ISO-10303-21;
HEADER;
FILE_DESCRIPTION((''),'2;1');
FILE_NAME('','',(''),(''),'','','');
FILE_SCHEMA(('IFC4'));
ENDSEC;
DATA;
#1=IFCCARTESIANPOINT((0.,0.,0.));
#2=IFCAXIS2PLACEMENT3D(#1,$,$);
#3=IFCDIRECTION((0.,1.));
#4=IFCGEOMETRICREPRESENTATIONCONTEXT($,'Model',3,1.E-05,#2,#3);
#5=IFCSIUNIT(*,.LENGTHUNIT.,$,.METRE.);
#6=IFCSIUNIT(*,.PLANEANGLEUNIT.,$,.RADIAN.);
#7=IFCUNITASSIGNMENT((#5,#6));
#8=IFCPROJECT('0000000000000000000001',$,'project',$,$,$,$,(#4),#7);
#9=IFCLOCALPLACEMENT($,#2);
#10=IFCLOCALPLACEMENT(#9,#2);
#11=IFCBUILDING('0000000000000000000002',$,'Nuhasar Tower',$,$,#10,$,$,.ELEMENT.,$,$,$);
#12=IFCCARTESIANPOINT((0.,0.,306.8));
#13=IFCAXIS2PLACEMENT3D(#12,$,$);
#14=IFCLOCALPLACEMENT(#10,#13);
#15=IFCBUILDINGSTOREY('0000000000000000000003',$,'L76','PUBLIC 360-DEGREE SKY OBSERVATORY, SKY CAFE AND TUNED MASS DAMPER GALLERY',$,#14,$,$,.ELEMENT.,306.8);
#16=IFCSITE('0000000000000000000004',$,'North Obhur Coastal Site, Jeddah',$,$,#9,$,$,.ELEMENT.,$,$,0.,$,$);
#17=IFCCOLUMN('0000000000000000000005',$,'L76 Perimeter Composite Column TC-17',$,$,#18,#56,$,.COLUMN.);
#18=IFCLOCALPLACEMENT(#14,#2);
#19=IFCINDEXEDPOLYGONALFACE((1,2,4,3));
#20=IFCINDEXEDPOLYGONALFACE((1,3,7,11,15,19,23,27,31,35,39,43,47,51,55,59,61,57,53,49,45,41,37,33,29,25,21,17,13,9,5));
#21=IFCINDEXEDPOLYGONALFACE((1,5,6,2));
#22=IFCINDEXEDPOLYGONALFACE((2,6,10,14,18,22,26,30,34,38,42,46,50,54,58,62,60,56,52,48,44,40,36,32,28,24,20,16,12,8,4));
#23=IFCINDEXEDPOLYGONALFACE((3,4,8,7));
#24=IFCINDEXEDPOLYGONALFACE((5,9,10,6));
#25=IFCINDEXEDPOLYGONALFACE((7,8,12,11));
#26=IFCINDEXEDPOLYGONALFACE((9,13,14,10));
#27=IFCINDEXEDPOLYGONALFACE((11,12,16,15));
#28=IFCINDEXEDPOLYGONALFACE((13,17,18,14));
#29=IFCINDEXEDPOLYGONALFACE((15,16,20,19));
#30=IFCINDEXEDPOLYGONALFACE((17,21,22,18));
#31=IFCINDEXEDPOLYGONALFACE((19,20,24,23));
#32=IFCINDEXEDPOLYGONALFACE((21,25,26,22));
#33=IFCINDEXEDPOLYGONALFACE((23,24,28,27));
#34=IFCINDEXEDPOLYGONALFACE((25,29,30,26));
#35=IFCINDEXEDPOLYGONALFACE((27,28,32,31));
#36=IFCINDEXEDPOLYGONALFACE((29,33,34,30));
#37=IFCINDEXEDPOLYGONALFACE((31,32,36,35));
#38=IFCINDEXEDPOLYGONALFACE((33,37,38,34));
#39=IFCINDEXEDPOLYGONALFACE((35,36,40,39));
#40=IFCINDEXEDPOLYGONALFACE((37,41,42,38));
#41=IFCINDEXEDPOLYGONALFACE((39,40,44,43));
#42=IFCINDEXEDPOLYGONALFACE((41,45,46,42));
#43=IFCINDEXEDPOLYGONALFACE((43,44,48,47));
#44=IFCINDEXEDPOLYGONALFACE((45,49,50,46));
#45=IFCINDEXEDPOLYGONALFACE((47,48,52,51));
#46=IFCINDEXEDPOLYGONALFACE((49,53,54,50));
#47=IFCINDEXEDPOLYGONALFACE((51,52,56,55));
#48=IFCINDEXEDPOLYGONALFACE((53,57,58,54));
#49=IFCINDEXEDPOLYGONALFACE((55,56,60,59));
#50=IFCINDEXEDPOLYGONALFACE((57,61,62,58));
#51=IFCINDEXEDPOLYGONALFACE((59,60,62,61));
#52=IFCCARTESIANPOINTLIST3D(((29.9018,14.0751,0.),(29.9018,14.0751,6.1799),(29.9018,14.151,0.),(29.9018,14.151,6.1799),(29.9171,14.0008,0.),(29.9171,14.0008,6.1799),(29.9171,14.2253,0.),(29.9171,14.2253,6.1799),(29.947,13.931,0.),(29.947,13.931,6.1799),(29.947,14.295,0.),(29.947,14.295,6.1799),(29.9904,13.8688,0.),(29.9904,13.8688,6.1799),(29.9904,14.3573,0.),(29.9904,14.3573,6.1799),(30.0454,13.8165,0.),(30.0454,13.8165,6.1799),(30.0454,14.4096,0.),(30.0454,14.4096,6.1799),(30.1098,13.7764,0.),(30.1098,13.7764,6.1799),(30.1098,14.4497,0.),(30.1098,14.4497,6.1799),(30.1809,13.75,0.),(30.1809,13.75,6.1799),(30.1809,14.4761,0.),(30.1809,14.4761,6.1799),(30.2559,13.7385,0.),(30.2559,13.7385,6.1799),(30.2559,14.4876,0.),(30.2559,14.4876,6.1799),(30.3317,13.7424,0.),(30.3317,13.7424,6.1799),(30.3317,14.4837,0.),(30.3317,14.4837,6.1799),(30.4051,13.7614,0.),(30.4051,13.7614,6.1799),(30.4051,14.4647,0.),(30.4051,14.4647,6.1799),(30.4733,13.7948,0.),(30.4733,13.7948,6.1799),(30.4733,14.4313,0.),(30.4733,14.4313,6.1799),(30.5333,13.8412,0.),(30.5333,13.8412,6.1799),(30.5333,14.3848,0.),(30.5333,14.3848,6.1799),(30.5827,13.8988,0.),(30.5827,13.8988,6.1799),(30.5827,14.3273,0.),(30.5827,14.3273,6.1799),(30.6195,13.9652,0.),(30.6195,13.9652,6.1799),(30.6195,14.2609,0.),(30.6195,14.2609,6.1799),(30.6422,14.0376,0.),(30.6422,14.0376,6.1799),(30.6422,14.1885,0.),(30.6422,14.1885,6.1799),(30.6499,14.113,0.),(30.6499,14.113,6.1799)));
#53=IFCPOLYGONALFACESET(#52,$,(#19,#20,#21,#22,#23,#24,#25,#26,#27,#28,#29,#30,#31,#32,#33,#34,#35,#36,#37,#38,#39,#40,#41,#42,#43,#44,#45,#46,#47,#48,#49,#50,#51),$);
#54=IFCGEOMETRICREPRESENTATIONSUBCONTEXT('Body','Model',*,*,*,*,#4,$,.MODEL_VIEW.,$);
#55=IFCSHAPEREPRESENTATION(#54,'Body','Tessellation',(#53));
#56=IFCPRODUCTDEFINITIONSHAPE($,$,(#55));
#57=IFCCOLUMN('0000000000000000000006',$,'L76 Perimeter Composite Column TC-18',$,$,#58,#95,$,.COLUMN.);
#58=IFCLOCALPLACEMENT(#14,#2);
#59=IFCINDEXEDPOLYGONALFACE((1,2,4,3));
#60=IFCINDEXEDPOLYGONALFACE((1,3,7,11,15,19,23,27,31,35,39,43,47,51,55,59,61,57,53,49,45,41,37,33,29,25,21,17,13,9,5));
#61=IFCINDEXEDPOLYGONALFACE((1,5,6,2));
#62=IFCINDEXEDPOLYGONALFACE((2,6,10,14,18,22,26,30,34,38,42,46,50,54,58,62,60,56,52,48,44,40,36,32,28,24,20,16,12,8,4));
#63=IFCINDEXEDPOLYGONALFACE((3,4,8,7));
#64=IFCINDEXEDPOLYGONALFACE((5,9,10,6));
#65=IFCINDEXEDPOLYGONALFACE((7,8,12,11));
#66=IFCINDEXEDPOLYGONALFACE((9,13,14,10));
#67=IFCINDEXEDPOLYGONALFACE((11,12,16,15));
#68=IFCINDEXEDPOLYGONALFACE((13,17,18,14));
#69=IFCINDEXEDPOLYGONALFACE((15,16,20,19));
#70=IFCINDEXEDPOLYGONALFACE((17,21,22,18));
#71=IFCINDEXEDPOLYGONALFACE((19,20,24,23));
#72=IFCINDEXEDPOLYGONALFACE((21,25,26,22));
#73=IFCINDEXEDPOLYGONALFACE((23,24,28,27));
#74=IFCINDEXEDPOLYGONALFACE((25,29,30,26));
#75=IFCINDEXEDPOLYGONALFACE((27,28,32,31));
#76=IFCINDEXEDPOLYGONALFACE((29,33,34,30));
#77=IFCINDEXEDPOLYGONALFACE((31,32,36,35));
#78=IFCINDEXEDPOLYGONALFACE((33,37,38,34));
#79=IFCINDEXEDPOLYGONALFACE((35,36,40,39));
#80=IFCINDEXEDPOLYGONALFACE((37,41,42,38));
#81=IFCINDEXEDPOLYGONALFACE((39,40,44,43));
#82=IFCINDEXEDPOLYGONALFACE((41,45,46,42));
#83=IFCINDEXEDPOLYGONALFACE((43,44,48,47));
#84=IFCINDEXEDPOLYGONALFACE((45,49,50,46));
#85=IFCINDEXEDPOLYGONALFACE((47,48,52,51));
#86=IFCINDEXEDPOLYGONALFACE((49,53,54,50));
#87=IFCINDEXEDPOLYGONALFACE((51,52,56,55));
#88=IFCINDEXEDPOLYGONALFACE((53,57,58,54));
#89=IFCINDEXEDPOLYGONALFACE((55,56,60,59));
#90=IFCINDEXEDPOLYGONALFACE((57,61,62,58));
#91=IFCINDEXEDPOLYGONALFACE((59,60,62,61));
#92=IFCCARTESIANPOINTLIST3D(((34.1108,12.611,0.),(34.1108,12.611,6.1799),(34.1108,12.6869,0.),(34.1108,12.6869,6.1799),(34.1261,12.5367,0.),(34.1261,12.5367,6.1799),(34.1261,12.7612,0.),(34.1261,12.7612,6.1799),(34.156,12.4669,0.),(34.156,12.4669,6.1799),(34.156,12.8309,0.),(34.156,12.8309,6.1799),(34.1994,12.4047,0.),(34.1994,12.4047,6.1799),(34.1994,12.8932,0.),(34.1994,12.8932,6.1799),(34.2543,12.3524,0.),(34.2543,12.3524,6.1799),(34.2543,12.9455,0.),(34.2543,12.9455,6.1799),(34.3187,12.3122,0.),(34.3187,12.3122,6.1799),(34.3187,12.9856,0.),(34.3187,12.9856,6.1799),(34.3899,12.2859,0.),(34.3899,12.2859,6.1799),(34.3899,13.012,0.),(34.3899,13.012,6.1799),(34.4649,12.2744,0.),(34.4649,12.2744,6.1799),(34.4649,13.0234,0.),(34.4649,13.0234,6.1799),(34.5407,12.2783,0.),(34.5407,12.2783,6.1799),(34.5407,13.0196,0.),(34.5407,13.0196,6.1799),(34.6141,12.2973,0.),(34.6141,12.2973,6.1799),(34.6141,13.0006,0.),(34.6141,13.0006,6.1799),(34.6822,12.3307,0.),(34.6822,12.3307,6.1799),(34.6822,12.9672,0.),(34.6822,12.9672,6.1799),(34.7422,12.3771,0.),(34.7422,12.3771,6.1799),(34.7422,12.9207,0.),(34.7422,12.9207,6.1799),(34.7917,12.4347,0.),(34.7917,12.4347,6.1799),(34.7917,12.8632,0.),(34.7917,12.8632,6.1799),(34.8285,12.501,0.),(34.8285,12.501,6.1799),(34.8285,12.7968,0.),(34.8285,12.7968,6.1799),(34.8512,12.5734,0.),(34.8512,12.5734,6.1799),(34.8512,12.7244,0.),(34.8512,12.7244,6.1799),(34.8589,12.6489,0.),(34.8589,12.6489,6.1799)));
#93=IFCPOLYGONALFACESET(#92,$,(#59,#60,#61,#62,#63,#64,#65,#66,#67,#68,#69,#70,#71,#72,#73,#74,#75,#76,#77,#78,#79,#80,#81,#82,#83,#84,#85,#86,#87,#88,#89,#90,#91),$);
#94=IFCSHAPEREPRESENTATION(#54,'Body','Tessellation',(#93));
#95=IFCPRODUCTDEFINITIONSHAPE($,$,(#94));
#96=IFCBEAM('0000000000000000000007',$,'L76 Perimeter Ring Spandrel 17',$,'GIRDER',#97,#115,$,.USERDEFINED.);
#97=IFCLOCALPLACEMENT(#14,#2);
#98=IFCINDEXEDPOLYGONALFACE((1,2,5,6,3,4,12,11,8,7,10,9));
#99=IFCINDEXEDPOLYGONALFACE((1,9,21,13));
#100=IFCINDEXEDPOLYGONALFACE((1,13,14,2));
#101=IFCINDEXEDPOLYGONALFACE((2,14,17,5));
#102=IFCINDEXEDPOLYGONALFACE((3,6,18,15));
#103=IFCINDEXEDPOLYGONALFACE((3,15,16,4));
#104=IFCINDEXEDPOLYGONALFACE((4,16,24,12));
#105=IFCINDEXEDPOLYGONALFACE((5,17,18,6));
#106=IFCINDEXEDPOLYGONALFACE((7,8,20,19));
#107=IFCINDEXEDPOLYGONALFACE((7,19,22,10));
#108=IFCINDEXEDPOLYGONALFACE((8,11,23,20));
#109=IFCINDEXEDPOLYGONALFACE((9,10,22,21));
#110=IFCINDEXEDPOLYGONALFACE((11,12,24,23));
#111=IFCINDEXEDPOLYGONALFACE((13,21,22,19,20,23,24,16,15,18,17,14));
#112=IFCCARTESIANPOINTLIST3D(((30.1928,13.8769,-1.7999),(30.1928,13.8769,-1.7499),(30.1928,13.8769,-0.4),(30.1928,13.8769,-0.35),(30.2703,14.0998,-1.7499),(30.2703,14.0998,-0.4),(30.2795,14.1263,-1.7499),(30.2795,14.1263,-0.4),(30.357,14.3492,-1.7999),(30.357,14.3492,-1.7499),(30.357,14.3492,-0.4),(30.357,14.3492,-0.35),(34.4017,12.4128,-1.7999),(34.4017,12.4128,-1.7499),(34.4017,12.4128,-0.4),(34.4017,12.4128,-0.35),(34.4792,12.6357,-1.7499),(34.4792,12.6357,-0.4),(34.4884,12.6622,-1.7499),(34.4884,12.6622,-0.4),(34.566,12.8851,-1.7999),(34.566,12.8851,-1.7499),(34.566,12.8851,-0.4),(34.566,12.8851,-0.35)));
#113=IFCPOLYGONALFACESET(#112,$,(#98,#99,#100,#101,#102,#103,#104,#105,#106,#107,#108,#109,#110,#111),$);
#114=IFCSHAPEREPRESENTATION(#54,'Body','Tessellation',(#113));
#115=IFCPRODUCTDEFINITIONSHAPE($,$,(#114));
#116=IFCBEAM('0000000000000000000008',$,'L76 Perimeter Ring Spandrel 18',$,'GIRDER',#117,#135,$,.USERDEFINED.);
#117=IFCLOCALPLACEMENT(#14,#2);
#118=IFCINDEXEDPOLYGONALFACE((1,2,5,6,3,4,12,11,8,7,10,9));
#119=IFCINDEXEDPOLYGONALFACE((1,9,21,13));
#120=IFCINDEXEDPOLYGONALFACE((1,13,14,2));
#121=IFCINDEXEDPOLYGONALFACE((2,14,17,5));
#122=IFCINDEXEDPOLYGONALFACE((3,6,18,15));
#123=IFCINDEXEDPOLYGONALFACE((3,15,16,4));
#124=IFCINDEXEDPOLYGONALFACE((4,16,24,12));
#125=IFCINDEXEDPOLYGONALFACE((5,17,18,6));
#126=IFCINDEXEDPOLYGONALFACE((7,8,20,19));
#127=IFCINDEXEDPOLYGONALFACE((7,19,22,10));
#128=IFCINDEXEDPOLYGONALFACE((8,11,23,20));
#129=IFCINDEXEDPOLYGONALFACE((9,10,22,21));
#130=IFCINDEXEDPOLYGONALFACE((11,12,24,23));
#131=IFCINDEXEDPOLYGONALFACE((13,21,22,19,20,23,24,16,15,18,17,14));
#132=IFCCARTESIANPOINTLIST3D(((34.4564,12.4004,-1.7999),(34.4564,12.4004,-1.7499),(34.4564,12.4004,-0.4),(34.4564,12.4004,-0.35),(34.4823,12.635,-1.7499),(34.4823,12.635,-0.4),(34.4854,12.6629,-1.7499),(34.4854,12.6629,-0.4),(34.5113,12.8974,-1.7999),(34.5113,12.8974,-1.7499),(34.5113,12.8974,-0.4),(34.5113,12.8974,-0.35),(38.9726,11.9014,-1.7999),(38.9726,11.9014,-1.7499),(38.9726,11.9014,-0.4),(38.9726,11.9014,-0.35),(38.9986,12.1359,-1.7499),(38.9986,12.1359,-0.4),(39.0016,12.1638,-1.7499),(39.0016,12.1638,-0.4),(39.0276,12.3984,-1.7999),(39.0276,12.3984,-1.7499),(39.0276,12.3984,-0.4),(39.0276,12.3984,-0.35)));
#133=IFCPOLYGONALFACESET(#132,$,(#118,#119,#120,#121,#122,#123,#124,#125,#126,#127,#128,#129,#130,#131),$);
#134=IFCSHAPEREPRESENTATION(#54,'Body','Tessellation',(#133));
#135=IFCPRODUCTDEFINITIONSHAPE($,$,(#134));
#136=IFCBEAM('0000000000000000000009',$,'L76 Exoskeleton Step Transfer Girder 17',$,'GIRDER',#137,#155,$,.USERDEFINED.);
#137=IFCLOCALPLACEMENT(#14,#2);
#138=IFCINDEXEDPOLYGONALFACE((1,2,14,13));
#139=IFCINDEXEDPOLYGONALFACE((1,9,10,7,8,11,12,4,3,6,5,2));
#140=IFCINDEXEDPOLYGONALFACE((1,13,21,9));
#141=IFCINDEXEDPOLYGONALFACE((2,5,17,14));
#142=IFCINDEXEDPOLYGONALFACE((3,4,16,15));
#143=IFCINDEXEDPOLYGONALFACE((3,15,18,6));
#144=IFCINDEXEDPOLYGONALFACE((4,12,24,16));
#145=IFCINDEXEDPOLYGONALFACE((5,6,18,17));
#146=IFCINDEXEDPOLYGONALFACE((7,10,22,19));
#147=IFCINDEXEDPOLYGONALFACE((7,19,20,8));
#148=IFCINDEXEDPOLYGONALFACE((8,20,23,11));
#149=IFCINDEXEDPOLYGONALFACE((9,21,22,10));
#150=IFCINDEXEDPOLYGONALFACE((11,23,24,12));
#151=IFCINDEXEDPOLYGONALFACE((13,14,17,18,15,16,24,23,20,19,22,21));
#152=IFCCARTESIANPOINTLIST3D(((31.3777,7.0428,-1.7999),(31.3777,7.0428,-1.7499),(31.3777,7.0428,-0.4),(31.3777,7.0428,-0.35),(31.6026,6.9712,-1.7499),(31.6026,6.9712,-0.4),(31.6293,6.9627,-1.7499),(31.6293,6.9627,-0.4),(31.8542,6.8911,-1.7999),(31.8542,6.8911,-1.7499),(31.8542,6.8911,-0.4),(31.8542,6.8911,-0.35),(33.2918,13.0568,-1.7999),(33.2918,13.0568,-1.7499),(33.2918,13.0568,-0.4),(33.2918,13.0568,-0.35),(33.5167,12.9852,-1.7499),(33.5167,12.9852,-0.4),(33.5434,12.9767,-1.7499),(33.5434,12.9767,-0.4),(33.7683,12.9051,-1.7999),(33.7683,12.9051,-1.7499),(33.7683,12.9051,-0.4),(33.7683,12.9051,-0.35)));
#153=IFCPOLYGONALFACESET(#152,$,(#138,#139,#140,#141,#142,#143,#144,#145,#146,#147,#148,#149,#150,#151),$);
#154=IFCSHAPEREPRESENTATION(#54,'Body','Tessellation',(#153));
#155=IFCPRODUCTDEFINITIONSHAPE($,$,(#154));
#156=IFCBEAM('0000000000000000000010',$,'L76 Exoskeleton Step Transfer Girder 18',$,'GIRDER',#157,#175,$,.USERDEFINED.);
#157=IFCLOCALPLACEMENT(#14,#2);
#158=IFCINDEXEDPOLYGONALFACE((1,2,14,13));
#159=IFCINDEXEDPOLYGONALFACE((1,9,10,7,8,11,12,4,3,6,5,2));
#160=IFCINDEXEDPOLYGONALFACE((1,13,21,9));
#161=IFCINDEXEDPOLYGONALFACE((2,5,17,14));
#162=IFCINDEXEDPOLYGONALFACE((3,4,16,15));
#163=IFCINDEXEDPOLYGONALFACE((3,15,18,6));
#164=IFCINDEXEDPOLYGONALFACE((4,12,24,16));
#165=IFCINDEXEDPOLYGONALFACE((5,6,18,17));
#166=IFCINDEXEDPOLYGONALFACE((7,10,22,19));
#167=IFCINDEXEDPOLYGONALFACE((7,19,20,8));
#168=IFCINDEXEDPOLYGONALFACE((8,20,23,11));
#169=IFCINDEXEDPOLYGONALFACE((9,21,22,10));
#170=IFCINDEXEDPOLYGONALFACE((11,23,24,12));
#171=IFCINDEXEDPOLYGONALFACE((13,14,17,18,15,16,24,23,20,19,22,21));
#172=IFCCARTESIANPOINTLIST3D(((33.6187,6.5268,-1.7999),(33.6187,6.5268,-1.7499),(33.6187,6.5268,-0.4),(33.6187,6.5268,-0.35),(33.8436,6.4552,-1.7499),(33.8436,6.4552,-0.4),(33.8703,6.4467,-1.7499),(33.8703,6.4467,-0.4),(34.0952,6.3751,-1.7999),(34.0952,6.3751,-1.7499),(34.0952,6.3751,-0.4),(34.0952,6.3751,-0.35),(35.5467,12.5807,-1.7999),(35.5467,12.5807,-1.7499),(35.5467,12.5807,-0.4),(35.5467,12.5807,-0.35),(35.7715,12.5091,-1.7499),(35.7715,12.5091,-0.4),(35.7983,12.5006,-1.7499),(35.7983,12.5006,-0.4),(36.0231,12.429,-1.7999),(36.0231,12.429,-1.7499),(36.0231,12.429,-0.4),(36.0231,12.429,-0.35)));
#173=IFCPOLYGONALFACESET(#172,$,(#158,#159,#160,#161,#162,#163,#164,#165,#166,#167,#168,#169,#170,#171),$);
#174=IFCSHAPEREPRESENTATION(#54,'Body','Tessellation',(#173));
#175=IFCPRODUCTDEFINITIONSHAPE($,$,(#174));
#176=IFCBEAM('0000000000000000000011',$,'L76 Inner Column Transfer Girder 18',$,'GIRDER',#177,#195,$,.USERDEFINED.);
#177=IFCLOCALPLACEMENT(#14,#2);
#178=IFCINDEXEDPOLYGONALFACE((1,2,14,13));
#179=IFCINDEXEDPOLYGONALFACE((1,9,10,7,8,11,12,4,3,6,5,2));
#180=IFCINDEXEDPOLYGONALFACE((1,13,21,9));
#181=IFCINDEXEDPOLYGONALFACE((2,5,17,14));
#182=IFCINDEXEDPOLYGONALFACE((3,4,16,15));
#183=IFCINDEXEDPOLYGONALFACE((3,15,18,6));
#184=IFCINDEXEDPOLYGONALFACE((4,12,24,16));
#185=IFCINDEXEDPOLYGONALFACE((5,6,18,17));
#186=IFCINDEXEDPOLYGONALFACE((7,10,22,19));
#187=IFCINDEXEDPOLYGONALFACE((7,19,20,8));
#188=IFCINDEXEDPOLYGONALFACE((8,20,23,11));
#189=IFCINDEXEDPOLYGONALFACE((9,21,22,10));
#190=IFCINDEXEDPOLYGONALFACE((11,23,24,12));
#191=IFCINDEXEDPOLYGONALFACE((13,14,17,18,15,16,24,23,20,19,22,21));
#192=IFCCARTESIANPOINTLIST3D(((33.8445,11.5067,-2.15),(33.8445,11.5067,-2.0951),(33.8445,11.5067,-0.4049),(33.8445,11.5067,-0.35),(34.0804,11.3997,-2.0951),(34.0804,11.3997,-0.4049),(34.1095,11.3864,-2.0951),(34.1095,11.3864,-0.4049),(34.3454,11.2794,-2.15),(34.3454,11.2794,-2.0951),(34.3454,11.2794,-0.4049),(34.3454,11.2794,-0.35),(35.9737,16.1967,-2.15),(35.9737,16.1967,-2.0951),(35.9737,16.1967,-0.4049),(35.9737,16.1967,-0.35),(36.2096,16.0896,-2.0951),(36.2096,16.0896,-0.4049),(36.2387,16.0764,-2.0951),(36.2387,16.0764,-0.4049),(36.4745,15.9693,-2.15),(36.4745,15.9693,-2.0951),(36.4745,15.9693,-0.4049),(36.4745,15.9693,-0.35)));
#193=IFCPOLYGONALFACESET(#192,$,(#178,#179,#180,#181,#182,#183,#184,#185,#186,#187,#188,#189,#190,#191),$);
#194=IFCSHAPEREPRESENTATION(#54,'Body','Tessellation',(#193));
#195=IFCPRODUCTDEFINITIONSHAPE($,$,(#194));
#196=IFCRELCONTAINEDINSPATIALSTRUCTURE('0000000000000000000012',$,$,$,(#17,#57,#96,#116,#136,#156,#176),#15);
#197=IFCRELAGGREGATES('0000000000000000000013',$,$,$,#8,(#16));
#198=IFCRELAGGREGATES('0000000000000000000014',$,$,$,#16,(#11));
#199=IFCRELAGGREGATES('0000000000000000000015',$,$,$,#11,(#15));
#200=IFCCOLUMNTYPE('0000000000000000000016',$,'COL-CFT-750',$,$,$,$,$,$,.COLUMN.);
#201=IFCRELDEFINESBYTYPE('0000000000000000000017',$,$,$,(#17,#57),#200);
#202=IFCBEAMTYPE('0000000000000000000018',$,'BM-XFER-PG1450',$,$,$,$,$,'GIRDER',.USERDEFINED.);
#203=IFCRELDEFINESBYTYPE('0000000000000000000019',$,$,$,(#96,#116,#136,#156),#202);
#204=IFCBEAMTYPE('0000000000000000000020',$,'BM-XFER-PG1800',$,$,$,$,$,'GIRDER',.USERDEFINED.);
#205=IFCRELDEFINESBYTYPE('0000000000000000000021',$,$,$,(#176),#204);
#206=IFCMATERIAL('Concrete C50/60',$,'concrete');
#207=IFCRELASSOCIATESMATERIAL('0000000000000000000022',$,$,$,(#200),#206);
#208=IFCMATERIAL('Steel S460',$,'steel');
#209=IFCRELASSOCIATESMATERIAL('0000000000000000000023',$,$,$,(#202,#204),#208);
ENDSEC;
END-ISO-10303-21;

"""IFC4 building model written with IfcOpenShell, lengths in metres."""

from ifc_helpers import new_model, si_unit, direction, frame, origin, origin_2d, place, context, subcontext, project, spatial, circle, i_section, extrude, material, material_profile, profile_set, type_object, element, save


model = new_model("IFC4")

# Units and contexts
model_context = context("Model", 3, precision=1e-05, world=origin(), true_north=direction((0.0, 1.0)))
body_context = subcontext(model_context, "Body", "Model", "MODEL_VIEW")
ifc_project = project(units=[si_unit("LENGTHUNIT", "METRE"), si_unit("PLANEANGLEUNIT", "RADIAN")], contexts=[model_context])

# Site, building, storey
site_placement = place(None, origin())
site = spatial("IfcSite", under=ifc_project, at=site_placement, Name="North Obhur Coastal Site, Jeddah", CompositionType="ELEMENT", RefElevation=0.0)
building_placement = place(site_placement, origin())
building = spatial("IfcBuilding", under=site, at=building_placement, Name="Nuhasar Tower", CompositionType="ELEMENT")
storey_placement = place(building_placement, frame((0.0, 0.0, 306.8)))
storey = spatial("IfcBuildingStorey", under=building, at=storey_placement, Name="L76", Description="PUBLIC 360-DEGREE SKY OBSERVATORY, SKY CAFE AND TUNED MASS DAMPER GALLERY", CompositionType="ELEMENT", Elevation=306.8)

# Columns
ifc_material_1 = material(Name="Concrete C50/60", Category="concrete")
ifc_material_profile_1 = material_profile(ifc_material_1, circle(Radius=0.375, at=origin_2d()), Name="CFT750")
ifc_profile_set_1 = profile_set([ifc_material_profile_1], Name="Concrete C50/60")
column_type = type_object("IfcColumnType", Name="COL-CFT-750", PredefinedType="COLUMN", material=ifc_profile_set_1)
for number, where, z_axis, x_axis, name in (
    (1, (30.2749, 14.113, 0.0), (0.0, 0.0, 1.0), (1.0, 0.0, 0.0), "L76 Perimeter Composite Column TC-17"),
    (2, (34.4839, 12.6489, 0.0), (0.0, 0.0, 1.0), (1.0, 0.0, 0.0), "L76 Perimeter Composite Column TC-18"),
):
    element("IfcColumn", number, at=place(storey_placement, frame(where, z_axis=z_axis, x_axis=x_axis)), inside=storey, type_object=column_type, Name=name, PredefinedType="COLUMN", context=body_context, shape_type="SweptSolid", body=[
        extrude(circle(Radius=0.375, at=origin_2d()), origin(), (0.0, 0.0, 1.0), 6.1799),
    ])

# Beams
ifc_material_2 = material(Name="Steel S460", Category="steel")
ifc_material_profile_2 = material_profile(ifc_material_2, i_section(OverallWidth=0.5, OverallDepth=1.45, WebThickness=0.0281, FlangeThickness=0.05, at=origin_2d()), Name="PG1450X500")
ifc_profile_set_2 = profile_set([ifc_material_profile_2], Name="Steel S460")
beam_type_1 = type_object("IfcBeamType", Name="BM-XFER-PG1450", ElementType="GIRDER", PredefinedType="USERDEFINED", material=ifc_profile_set_2)
beam_1_placement = place(storey_placement, frame((30.2749, 14.113, -1.075), z_axis=(0.944489, -0.328544, 0.0), x_axis=(0.328544, 0.944489, 0.0)))
element("IfcBeam", 3, at=beam_1_placement, inside=storey, type_object=beam_type_1, Name="L76 Perimeter Ring Spandrel 17", ObjectType="GIRDER", PredefinedType="USERDEFINED", context=body_context, shape_type="SweptSolid", body=[
    extrude(i_section(OverallWidth=0.5, OverallDepth=1.45, WebThickness=0.0281, FlangeThickness=0.05, at=origin_2d()), origin(), (0.0, 0.0, 1.0), 4.4563),
])
beam_2_placement = place(storey_placement, frame((34.4839, 12.6489, -1.075), z_axis=(0.99395, -0.10983, 0.0), x_axis=(0.10983, 0.99395, 0.0)))
element("IfcBeam", 4, at=beam_2_placement, inside=storey, type_object=beam_type_1, Name="L76 Perimeter Ring Spandrel 18", ObjectType="GIRDER", PredefinedType="USERDEFINED", context=body_context, shape_type="SweptSolid", body=[
    extrude(i_section(OverallWidth=0.5, OverallDepth=1.45, WebThickness=0.0281, FlangeThickness=0.05, at=origin_2d()), origin(), (0.0, 0.0, 1.0), 4.5437),
])
beam_3_placement = place(storey_placement, frame((33.53, 12.981, -1.075), z_axis=(-0.303282, -0.952901, 0.0), x_axis=(0.952901, -0.303282, 0.0)))
element("IfcBeam", 5, at=beam_3_placement, inside=storey, type_object=beam_type_1, Name="L76 Exoskeleton Step Transfer Girder 17", ObjectType="GIRDER", PredefinedType="USERDEFINED", context=body_context, shape_type="SweptSolid", body=[
    extrude(i_section(OverallWidth=0.5, OverallDepth=1.45, WebThickness=0.0281, FlangeThickness=0.05, at=origin_2d()), origin(), (0.0, 0.0, 1.0), 6.3113),
])
beam_4_placement = place(storey_placement, frame((35.7849, 12.5049, -1.075), z_axis=(-0.303449, -0.952848, 0.0), x_axis=(0.952848, -0.303449, 0.0)))
element("IfcBeam", 6, at=beam_4_placement, inside=storey, type_object=beam_type_1, Name="L76 Exoskeleton Step Transfer Girder 18", ObjectType="GIRDER", PredefinedType="USERDEFINED", context=body_context, shape_type="SweptSolid", body=[
    extrude(i_section(OverallWidth=0.5, OverallDepth=1.45, WebThickness=0.0281, FlangeThickness=0.05, at=origin_2d()), origin(), (0.0, 0.0, 1.0), 6.3535),
])
ifc_material_profile_3 = material_profile(ifc_material_2, i_section(OverallWidth=0.55, OverallDepth=1.8, WebThickness=0.032, FlangeThickness=0.0549, at=origin_2d()), Name="PG1800X550")
ifc_profile_set_3 = profile_set([ifc_material_profile_3], Name="Steel S460")
beam_type_2 = type_object("IfcBeamType", Name="BM-XFER-PG1800", ElementType="GIRDER", PredefinedType="USERDEFINED", material=ifc_profile_set_3)
beam_5_placement = place(storey_placement, frame((36.2241, 16.083, -1.25), z_axis=(-0.413378, -0.91056, 0.0), x_axis=(0.91056, -0.413378, 0.0)))
element("IfcBeam", 7, at=beam_5_placement, inside=storey, type_object=beam_type_2, Name="L76 Inner Column Transfer Girder 18", ObjectType="GIRDER", PredefinedType="USERDEFINED", context=body_context, shape_type="SweptSolid", body=[
    extrude(i_section(OverallWidth=0.55, OverallDepth=1.8, WebThickness=0.032, FlangeThickness=0.0549, at=origin_2d()), origin(), (0.0, 0.0, 1.0), 5.1506),
])

save(model, "model.ifc")
